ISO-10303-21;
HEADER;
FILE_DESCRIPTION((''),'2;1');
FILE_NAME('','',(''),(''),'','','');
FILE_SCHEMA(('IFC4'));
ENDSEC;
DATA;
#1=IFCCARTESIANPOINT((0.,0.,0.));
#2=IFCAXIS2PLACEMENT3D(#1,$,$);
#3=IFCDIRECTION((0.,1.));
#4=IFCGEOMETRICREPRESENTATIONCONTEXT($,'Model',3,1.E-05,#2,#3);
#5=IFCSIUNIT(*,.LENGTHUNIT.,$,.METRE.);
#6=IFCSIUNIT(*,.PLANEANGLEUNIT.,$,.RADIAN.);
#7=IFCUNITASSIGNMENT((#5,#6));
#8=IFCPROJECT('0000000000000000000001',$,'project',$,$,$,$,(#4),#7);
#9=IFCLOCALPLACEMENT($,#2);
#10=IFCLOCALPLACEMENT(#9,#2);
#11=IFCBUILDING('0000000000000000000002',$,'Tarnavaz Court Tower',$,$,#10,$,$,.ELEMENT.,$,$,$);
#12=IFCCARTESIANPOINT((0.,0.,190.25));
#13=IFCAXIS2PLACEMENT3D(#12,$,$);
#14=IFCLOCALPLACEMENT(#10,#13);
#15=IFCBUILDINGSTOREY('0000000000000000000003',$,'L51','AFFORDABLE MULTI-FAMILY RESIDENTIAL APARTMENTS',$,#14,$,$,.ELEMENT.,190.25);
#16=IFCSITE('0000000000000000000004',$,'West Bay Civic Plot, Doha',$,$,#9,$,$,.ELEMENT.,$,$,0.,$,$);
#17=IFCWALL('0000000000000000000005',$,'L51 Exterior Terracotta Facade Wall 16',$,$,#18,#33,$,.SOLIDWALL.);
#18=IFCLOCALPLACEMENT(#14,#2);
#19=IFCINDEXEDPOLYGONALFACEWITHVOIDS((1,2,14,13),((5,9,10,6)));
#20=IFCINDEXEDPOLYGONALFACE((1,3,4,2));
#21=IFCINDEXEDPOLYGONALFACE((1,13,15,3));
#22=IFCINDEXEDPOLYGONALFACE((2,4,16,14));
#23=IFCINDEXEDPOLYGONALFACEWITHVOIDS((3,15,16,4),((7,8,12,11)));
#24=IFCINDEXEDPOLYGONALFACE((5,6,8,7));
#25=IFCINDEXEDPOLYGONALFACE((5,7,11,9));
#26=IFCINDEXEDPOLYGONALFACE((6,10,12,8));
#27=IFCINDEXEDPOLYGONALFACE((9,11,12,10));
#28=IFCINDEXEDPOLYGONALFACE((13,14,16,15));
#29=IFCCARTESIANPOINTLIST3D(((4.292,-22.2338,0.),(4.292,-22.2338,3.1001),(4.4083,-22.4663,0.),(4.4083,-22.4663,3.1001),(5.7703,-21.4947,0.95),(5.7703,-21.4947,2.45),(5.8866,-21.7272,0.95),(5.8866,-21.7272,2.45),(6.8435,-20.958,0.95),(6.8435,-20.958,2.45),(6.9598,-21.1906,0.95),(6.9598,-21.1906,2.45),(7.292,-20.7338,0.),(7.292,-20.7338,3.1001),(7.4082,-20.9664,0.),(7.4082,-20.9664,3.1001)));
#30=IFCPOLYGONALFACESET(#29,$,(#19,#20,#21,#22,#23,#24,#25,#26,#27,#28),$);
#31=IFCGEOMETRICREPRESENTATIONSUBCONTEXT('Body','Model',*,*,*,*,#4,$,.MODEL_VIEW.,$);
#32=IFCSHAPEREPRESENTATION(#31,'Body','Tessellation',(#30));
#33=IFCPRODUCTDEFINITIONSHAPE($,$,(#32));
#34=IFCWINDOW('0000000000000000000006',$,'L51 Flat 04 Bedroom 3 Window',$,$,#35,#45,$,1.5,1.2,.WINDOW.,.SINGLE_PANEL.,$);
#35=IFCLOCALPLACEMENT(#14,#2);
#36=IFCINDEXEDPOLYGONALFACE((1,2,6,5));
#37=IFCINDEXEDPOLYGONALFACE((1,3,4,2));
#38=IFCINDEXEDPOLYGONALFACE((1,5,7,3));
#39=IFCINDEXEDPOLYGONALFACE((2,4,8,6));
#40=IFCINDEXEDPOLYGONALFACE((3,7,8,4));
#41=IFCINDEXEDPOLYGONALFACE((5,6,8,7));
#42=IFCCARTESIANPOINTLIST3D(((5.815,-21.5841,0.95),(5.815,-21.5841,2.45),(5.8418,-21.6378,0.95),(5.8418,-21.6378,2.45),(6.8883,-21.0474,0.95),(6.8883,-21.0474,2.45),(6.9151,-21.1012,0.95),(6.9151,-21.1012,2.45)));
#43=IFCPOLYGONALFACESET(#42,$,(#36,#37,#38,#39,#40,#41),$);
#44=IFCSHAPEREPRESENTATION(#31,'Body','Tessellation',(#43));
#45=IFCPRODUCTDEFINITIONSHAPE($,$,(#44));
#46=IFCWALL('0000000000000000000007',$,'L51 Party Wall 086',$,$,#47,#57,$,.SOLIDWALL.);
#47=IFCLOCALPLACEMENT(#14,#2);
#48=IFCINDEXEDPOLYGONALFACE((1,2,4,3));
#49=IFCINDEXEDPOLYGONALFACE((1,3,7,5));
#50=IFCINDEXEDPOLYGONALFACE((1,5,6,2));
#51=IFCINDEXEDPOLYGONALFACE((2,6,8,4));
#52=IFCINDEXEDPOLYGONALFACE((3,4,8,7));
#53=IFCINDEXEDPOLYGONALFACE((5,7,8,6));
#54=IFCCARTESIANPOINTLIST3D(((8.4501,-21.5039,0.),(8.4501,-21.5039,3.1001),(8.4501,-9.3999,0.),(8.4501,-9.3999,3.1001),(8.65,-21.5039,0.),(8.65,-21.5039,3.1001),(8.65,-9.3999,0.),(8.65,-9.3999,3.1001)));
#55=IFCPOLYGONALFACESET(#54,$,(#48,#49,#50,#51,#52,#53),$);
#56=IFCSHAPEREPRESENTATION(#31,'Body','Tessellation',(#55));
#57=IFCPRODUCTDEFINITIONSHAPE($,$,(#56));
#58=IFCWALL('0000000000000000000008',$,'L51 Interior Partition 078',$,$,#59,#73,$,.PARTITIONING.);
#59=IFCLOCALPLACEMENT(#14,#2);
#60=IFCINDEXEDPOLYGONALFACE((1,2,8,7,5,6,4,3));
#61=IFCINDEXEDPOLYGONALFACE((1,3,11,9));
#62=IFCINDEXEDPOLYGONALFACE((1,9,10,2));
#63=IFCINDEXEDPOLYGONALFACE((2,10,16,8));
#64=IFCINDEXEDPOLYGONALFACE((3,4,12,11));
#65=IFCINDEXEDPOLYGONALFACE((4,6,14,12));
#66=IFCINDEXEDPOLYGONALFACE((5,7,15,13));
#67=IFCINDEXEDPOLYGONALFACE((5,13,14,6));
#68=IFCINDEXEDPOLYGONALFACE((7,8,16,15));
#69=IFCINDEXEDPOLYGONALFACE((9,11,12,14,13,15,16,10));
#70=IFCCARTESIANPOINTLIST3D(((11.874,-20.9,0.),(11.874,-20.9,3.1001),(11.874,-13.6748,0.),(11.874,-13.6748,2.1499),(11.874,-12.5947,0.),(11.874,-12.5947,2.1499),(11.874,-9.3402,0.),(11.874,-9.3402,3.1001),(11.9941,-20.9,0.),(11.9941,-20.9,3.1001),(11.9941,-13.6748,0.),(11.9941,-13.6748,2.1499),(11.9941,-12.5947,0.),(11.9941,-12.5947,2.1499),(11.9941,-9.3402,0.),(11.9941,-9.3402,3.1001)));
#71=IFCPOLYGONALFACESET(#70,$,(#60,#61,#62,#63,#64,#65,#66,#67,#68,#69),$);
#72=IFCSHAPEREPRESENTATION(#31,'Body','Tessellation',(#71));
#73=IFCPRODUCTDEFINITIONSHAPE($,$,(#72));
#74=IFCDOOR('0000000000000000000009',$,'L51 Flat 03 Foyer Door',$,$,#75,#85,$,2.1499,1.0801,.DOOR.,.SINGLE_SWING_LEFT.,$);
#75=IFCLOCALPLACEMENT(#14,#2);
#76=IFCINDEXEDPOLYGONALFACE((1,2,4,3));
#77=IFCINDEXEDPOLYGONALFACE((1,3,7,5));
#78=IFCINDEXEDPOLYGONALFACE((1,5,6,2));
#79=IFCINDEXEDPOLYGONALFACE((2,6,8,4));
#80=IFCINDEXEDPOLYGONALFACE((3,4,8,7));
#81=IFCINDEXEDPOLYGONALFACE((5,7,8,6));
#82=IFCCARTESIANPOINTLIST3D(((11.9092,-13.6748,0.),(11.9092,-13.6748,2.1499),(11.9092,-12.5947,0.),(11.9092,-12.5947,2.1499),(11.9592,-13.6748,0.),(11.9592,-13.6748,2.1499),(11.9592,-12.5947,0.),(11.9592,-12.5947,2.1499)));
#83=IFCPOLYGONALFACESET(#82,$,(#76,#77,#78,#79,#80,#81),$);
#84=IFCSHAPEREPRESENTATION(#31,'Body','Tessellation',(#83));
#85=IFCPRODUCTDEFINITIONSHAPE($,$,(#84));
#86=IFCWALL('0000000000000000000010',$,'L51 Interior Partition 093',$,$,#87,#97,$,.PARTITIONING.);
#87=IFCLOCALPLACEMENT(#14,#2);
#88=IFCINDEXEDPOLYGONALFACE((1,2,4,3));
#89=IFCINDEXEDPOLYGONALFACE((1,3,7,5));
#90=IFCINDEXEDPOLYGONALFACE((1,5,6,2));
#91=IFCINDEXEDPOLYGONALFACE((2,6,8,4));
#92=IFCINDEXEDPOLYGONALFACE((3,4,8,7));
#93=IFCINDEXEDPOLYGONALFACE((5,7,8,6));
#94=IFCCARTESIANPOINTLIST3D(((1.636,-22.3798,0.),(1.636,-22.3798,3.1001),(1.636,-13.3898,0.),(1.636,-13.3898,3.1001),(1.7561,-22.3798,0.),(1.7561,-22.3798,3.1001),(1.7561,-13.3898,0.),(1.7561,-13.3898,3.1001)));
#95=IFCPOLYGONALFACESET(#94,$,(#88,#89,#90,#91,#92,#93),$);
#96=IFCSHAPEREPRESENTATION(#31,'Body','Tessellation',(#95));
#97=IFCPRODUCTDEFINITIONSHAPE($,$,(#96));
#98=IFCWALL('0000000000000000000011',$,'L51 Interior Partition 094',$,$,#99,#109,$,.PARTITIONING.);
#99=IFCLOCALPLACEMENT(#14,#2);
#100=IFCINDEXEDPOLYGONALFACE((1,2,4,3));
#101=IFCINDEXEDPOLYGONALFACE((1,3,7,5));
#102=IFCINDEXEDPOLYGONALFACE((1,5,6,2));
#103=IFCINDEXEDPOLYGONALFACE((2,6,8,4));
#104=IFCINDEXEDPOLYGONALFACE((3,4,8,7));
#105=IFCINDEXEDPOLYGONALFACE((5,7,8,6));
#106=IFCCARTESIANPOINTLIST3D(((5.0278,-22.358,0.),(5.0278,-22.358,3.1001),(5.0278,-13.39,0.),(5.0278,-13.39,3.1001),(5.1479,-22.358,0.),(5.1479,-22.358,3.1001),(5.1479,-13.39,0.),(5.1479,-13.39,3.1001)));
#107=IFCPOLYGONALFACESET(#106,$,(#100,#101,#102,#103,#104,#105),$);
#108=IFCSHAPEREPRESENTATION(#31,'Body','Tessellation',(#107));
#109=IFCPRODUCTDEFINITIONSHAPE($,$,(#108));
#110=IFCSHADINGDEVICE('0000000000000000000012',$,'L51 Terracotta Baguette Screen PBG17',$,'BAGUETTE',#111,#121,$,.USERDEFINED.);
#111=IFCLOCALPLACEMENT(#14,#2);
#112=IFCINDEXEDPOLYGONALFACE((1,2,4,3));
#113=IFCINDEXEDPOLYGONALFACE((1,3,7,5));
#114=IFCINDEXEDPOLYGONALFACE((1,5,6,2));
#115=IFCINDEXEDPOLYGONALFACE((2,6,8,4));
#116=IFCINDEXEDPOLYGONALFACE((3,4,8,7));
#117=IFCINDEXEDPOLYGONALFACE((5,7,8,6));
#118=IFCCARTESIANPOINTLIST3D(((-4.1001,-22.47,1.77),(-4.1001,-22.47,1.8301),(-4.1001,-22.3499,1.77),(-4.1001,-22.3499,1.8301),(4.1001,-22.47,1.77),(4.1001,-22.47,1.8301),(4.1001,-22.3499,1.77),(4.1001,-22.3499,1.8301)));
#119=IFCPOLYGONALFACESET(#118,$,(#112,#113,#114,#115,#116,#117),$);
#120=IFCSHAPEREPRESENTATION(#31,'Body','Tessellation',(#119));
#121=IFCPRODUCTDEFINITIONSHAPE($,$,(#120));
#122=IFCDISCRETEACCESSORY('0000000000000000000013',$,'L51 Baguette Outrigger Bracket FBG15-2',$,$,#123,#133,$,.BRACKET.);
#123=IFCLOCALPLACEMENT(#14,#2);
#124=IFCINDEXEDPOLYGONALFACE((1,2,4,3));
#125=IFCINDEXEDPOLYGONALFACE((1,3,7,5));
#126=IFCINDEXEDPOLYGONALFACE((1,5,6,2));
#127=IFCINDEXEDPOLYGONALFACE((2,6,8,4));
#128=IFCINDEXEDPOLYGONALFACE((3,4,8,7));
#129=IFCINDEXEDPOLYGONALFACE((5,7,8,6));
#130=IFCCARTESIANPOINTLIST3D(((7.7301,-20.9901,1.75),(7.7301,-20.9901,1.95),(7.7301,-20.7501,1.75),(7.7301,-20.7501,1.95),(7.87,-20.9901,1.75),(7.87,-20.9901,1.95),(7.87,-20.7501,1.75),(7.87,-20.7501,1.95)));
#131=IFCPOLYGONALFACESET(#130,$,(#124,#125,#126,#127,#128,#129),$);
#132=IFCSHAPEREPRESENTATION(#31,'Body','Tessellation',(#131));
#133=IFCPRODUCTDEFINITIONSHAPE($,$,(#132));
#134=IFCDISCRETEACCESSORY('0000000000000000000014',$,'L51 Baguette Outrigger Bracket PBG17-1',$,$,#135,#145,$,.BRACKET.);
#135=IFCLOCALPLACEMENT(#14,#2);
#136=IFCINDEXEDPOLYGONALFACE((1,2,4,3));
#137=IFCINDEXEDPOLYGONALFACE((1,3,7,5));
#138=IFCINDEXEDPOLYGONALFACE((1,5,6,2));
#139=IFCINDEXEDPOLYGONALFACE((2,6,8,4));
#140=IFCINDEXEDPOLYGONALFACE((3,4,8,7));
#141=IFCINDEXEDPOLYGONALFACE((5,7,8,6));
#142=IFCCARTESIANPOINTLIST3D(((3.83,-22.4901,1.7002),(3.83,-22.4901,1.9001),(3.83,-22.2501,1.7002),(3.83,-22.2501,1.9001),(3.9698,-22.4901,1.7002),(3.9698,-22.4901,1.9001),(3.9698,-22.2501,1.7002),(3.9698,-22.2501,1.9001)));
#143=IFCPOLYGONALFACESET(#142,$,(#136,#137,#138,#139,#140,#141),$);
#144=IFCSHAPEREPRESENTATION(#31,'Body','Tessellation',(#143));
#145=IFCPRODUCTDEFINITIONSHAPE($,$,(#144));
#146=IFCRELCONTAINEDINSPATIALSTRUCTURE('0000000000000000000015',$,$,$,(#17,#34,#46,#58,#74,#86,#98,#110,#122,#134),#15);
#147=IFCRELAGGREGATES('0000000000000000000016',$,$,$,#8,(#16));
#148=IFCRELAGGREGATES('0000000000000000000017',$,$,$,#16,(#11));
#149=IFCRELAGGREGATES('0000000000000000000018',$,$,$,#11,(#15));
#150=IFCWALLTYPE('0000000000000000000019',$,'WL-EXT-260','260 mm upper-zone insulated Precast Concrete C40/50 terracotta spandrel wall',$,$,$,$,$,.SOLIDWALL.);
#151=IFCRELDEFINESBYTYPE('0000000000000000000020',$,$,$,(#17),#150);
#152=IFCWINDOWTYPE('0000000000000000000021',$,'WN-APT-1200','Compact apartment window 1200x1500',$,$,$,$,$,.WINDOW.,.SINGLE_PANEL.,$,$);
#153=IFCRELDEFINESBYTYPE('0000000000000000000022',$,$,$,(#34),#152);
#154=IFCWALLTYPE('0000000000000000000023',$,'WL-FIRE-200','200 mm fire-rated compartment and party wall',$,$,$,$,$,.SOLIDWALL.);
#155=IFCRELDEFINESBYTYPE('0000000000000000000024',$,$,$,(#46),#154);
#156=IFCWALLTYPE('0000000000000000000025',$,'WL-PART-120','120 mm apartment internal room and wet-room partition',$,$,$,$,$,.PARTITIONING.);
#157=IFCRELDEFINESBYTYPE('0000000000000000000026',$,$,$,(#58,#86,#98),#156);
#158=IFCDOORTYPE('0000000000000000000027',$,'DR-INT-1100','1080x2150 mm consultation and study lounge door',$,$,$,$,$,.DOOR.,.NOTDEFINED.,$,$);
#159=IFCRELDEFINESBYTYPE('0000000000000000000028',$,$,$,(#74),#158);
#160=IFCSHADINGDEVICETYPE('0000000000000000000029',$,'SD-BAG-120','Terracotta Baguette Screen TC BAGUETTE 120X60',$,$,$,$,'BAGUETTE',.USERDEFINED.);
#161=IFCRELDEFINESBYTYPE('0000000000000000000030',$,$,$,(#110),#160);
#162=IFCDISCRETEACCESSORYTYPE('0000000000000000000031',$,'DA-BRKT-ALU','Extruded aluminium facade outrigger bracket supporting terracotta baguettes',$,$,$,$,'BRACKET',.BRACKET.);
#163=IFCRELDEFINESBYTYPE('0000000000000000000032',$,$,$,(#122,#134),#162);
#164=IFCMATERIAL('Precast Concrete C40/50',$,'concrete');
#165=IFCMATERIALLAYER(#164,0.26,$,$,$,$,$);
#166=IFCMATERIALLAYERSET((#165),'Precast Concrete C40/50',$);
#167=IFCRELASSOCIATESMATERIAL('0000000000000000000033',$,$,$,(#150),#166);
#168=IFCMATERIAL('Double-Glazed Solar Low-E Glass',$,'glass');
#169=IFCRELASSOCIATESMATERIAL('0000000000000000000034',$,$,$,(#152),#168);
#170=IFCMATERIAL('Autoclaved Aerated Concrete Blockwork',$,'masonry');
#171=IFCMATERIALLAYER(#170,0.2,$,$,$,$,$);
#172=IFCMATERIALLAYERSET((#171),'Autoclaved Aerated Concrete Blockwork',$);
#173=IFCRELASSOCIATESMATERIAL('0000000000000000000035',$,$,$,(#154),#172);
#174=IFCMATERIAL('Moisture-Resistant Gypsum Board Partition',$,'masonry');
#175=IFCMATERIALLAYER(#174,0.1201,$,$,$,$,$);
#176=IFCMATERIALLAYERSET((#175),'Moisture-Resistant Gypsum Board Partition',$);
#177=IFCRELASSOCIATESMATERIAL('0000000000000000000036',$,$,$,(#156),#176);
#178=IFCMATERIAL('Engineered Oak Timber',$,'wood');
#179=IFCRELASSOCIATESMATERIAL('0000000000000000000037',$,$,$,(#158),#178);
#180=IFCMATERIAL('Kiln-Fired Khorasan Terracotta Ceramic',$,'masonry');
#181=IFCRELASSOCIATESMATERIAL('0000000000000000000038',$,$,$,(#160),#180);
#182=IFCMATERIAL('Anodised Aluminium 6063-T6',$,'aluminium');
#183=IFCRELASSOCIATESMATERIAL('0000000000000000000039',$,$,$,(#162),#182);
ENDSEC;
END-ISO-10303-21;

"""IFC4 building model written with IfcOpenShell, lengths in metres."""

from ifc_helpers import new_model, si_unit, direction, frame, frame_2d, origin, origin_2d, place, context, subcontext, project, spatial, rectangle, extrude, material, layer, layer_set, material_profile, profile_set, type_object, element, fill, save


model = new_model("IFC4")

# Units and contexts
model_context = context("Model", 3, precision=1e-05, world=origin(), true_north=direction((0.0, 1.0)))
body_context = subcontext(model_context, "Body", "Model", "MODEL_VIEW")
ifc_project = project(units=[si_unit("LENGTHUNIT", "METRE"), si_unit("PLANEANGLEUNIT", "RADIAN")], contexts=[model_context])

# Site, building, storey
site_placement = place(None, origin())
site = spatial("IfcSite", under=ifc_project, at=site_placement, Name="West Bay Civic Plot, Doha", CompositionType="ELEMENT", RefElevation=0.0)
building_placement = place(site_placement, origin())
building = spatial("IfcBuilding", under=site, at=building_placement, Name="Tarnavaz Court Tower", CompositionType="ELEMENT")
storey_placement = place(building_placement, frame((0.0, 0.0, 190.25)))
storey = spatial("IfcBuildingStorey", under=building, at=storey_placement, Name="L51", Description="AFFORDABLE MULTI-FAMILY RESIDENTIAL APARTMENTS", CompositionType="ELEMENT", Elevation=190.25)

# Shared definitions
ifc_material_1 = material(Name="Anodised Aluminium 6063-T6", Category="aluminium")
ifc_material_2 = material(Name="Double-Glazed Solar Low-E Glass", Category="glass")

# Wall, opening, window
ifc_material_3 = material(Name="Precast Concrete C40/50", Category="concrete")
ifc_layer_1 = layer(ifc_material_3, 0.26)
ifc_layer_set_1 = layer_set([ifc_layer_1], Name="Precast Concrete C40/50")
wall_type_1 = type_object("IfcWallType", Name="WL-EXT-260", Description="260 mm upper-zone insulated Precast Concrete C40/50 terracotta spandrel wall", PredefinedType="SOLIDWALL", material=ifc_layer_set_1)
wall_1_placement = place(storey_placement, frame((7.3501, -20.8501, 0.0), z_axis=(0.0, 0.0, 1.0), x_axis=(-0.894427, -0.447214, 0.0)))
wall_1 = element("IfcWall", 1, at=wall_1_placement, inside=storey, type_object=wall_type_1, Name="L51 Exterior Terracotta Facade Wall 16", PredefinedType="SOLIDWALL", context=body_context, shape_type="SweptSolid", body=[
    extrude(rectangle(XDim=3.354, YDim=0.26, at=frame_2d((1.677, 0.0))), origin(), (0.0, 0.0, 1.0), 3.1001),
])
opening_1_placement = place(wall_1_placement, frame((0.5012, 0.0, 0.95)))
opening_1 = element("IfcOpeningElement", 2, at=opening_1_placement, cuts=wall_1, PredefinedType="OPENING", context=body_context, shape_type="SweptSolid", body=[
    extrude(rectangle(XDim=1.2, YDim=1.5, at=frame_2d((0.6001, 0.75))), frame((0.0, 0.1399, 0.0), z_axis=(0.0, -1.0, 0.0), x_axis=(1.0, 0.0, 0.0)), (0.0, 0.0, 1.0), 0.28),
])
window_type = type_object("IfcWindowType", Name="WN-APT-1200", Description="Compact apartment window 1200x1500", PartitioningType="SINGLE_PANEL", PredefinedType="WINDOW", material=ifc_material_2)
window_placement = place(opening_1_placement, origin())
window = element("IfcWindow", 3, at=window_placement, inside=storey, type_object=window_type, Name="L51 Flat 04 Bedroom 3 Window", OverallHeight=1.5, OverallWidth=1.2, PartitioningType="SINGLE_PANEL", PredefinedType="WINDOW", context=body_context, shape_type="SweptSolid", body=[
    extrude(rectangle(XDim=1.2, YDim=1.5, at=frame_2d((0.6001, 0.75))), frame((0.0, 0.03, 0.0), z_axis=(0.0, -1.0, 0.0), x_axis=(1.0, 0.0, 0.0)), (0.0, 0.0, 1.0), 0.0601),
])
fill(opening_1, window)

# Wall
ifc_material_4 = material(Name="Autoclaved Aerated Concrete Blockwork", Category="masonry")
ifc_layer_2 = layer(ifc_material_4, 0.2)
ifc_layer_set_2 = layer_set([ifc_layer_2], Name="Autoclaved Aerated Concrete Blockwork")
wall_type_2 = type_object("IfcWallType", Name="WL-FIRE-200", Description="200 mm fire-rated compartment and party wall", PredefinedType="SOLIDWALL", material=ifc_layer_set_2)
wall_2_placement = place(storey_placement, frame((8.55, -21.5039, 0.0), z_axis=(0.0, 0.0, 1.0), x_axis=(0.0, 1.0, 0.0)))
element("IfcWall", 4, at=wall_2_placement, inside=storey, type_object=wall_type_2, Name="L51 Party Wall 086", PredefinedType="SOLIDWALL", context=body_context, shape_type="SweptSolid", body=[
    extrude(rectangle(XDim=12.104, YDim=0.2, at=frame_2d((6.052, 0.0))), origin(), (0.0, 0.0, 1.0), 3.1001),
])

# Wall, opening, door
ifc_material_5 = material(Name="Moisture-Resistant Gypsum Board Partition", Category="masonry")
ifc_layer_3 = layer(ifc_material_5, 0.1201)
ifc_layer_set_3 = layer_set([ifc_layer_3], Name="Moisture-Resistant Gypsum Board Partition")
wall_type_3 = type_object("IfcWallType", Name="WL-PART-120", Description="120 mm apartment internal room and wet-room partition", PredefinedType="PARTITIONING", material=ifc_layer_set_3)
wall_3_placement = place(storey_placement, frame((11.9341, -20.8999, 0.0), z_axis=(0.0, 0.0, 1.0), x_axis=(0.0, 1.0, 0.0)))
wall_3 = element("IfcWall", 5, at=wall_3_placement, inside=storey, type_object=wall_type_3, Name="L51 Interior Partition 078", PredefinedType="PARTITIONING", context=body_context, shape_type="SweptSolid", body=[
    extrude(rectangle(XDim=11.5598, YDim=0.1201, at=frame_2d((5.7798, 0.0))), origin(), (0.0, 0.0, 1.0), 3.1001),
])
opening_2_placement = place(wall_3_placement, frame((7.2251, 0.0, 0.0)))
opening_2 = element("IfcOpeningElement", 6, at=opening_2_placement, cuts=wall_3, PredefinedType="OPENING", context=body_context, shape_type="SweptSolid", body=[
    extrude(rectangle(XDim=1.0801, YDim=2.1499, at=frame_2d((0.54, 1.075))), frame((0.0, 0.0701, 0.0), z_axis=(0.0, -1.0, 0.0), x_axis=(1.0, 0.0, 0.0)), (0.0, 0.0, 1.0), 0.1401),
])
ifc_material_6 = material(Name="Engineered Oak Timber", Category="wood")
door_type = type_object("IfcDoorType", Name="DR-INT-1100", Description="1080x2150 mm consultation and study lounge door", OperationType="NOTDEFINED", PredefinedType="DOOR", material=ifc_material_6)
door_placement = place(opening_2_placement, origin())
door = element("IfcDoor", 7, at=door_placement, inside=storey, type_object=door_type, Name="L51 Flat 03 Foyer Door", OperationType="SINGLE_SWING_LEFT", OverallHeight=2.1499, OverallWidth=1.0801, PredefinedType="DOOR", context=body_context, shape_type="SweptSolid", body=[
    extrude(rectangle(XDim=1.0801, YDim=2.1499, at=frame_2d((0.54, 1.075))), frame((0.0, 0.0249, 0.0), z_axis=(0.0, -1.0, 0.0), x_axis=(1.0, 0.0, 0.0)), (0.0, 0.0, 1.0), 0.05),
])
fill(opening_2, door)

# Walls
wall_4_placement = place(storey_placement, frame((1.696, -22.3799, 0.0), z_axis=(0.0, 0.0, 1.0), x_axis=(0.0, 1.0, 0.0)))
element("IfcWall", 8, at=wall_4_placement, inside=storey, type_object=wall_type_3, Name="L51 Interior Partition 093", PredefinedType="PARTITIONING", context=body_context, shape_type="SweptSolid", body=[
    extrude(rectangle(XDim=8.99, YDim=0.1201, at=frame_2d((4.4951, 0.0))), origin(), (0.0, 0.0, 1.0), 3.1001),
])
wall_5_placement = place(storey_placement, frame((5.0879, -22.3579, 0.0), z_axis=(0.0, 0.0, 1.0), x_axis=(0.0, 1.0, 0.0)))
element("IfcWall", 9, at=wall_5_placement, inside=storey, type_object=wall_type_3, Name="L51 Interior Partition 094", PredefinedType="PARTITIONING", context=body_context, shape_type="SweptSolid", body=[
    extrude(rectangle(XDim=8.968, YDim=0.1201, at=frame_2d((4.4839, 0.0))), origin(), (0.0, 0.0, 1.0), 3.1001),
])

# Shading device
ifc_material_7 = material(Name="Kiln-Fired Khorasan Terracotta Ceramic", Category="masonry")
ifc_material_profile_1 = material_profile(ifc_material_7, rectangle(XDim=0.1201, YDim=0.0601, at=origin_2d()), Name="TC BAGUETTE 120X60")
ifc_profile_set_1 = profile_set([ifc_material_profile_1], Name="Kiln-Fired Khorasan Terracotta Ceramic")
shading_device_type = type_object("IfcShadingDeviceType", Name="SD-BAG-120", Description="Terracotta Baguette Screen TC BAGUETTE 120X60", ElementType="BAGUETTE", PredefinedType="USERDEFINED", material=ifc_profile_set_1)
shading_device_placement = place(storey_placement, frame((4.1001, -22.4099, 1.8), z_axis=(-1.0, 0.0, 0.0), x_axis=(0.0, -1.0, 0.0)))
element("IfcShadingDevice", 10, at=shading_device_placement, inside=storey, type_object=shading_device_type, Name="L51 Terracotta Baguette Screen PBG17", ObjectType="BAGUETTE", PredefinedType="USERDEFINED", context=body_context, shape_type="SweptSolid", body=[
    extrude(rectangle(XDim=0.1201, YDim=0.0601, at=origin_2d()), origin(), (0.0, 0.0, 1.0), 8.2002),
])

# Discrete accessories
discrete_accessory_type = type_object("IfcDiscreteAccessoryType", Name="DA-BRKT-ALU", Description="Extruded aluminium facade outrigger bracket supporting terracotta baguettes", ElementType="BRACKET", PredefinedType="BRACKET", material=ifc_material_1)
for number, where, z_axis, x_axis, name in (
    (11, (7.8, -20.8701, 1.75), (0.0, 0.0, 1.0), (-1.0, 0.0, 0.0), "L51 Baguette Outrigger Bracket FBG15-2"),
    (12, (3.8999, -22.3701, 1.7002), (0.0, 0.0, 1.0), (-1.0, 0.0, 0.0), "L51 Baguette Outrigger Bracket PBG17-1"),
):
    element("IfcDiscreteAccessory", number, at=place(storey_placement, frame(where, z_axis=z_axis, x_axis=x_axis)), inside=storey, type_object=discrete_accessory_type, Name=name, PredefinedType="BRACKET", context=body_context, shape_type="SweptSolid", body=[
        extrude(rectangle(XDim=0.1399, YDim=0.24, at=origin_2d()), origin(), (0.0, 0.0, 1.0), 0.2),
    ])

save(model, "model.ifc")
